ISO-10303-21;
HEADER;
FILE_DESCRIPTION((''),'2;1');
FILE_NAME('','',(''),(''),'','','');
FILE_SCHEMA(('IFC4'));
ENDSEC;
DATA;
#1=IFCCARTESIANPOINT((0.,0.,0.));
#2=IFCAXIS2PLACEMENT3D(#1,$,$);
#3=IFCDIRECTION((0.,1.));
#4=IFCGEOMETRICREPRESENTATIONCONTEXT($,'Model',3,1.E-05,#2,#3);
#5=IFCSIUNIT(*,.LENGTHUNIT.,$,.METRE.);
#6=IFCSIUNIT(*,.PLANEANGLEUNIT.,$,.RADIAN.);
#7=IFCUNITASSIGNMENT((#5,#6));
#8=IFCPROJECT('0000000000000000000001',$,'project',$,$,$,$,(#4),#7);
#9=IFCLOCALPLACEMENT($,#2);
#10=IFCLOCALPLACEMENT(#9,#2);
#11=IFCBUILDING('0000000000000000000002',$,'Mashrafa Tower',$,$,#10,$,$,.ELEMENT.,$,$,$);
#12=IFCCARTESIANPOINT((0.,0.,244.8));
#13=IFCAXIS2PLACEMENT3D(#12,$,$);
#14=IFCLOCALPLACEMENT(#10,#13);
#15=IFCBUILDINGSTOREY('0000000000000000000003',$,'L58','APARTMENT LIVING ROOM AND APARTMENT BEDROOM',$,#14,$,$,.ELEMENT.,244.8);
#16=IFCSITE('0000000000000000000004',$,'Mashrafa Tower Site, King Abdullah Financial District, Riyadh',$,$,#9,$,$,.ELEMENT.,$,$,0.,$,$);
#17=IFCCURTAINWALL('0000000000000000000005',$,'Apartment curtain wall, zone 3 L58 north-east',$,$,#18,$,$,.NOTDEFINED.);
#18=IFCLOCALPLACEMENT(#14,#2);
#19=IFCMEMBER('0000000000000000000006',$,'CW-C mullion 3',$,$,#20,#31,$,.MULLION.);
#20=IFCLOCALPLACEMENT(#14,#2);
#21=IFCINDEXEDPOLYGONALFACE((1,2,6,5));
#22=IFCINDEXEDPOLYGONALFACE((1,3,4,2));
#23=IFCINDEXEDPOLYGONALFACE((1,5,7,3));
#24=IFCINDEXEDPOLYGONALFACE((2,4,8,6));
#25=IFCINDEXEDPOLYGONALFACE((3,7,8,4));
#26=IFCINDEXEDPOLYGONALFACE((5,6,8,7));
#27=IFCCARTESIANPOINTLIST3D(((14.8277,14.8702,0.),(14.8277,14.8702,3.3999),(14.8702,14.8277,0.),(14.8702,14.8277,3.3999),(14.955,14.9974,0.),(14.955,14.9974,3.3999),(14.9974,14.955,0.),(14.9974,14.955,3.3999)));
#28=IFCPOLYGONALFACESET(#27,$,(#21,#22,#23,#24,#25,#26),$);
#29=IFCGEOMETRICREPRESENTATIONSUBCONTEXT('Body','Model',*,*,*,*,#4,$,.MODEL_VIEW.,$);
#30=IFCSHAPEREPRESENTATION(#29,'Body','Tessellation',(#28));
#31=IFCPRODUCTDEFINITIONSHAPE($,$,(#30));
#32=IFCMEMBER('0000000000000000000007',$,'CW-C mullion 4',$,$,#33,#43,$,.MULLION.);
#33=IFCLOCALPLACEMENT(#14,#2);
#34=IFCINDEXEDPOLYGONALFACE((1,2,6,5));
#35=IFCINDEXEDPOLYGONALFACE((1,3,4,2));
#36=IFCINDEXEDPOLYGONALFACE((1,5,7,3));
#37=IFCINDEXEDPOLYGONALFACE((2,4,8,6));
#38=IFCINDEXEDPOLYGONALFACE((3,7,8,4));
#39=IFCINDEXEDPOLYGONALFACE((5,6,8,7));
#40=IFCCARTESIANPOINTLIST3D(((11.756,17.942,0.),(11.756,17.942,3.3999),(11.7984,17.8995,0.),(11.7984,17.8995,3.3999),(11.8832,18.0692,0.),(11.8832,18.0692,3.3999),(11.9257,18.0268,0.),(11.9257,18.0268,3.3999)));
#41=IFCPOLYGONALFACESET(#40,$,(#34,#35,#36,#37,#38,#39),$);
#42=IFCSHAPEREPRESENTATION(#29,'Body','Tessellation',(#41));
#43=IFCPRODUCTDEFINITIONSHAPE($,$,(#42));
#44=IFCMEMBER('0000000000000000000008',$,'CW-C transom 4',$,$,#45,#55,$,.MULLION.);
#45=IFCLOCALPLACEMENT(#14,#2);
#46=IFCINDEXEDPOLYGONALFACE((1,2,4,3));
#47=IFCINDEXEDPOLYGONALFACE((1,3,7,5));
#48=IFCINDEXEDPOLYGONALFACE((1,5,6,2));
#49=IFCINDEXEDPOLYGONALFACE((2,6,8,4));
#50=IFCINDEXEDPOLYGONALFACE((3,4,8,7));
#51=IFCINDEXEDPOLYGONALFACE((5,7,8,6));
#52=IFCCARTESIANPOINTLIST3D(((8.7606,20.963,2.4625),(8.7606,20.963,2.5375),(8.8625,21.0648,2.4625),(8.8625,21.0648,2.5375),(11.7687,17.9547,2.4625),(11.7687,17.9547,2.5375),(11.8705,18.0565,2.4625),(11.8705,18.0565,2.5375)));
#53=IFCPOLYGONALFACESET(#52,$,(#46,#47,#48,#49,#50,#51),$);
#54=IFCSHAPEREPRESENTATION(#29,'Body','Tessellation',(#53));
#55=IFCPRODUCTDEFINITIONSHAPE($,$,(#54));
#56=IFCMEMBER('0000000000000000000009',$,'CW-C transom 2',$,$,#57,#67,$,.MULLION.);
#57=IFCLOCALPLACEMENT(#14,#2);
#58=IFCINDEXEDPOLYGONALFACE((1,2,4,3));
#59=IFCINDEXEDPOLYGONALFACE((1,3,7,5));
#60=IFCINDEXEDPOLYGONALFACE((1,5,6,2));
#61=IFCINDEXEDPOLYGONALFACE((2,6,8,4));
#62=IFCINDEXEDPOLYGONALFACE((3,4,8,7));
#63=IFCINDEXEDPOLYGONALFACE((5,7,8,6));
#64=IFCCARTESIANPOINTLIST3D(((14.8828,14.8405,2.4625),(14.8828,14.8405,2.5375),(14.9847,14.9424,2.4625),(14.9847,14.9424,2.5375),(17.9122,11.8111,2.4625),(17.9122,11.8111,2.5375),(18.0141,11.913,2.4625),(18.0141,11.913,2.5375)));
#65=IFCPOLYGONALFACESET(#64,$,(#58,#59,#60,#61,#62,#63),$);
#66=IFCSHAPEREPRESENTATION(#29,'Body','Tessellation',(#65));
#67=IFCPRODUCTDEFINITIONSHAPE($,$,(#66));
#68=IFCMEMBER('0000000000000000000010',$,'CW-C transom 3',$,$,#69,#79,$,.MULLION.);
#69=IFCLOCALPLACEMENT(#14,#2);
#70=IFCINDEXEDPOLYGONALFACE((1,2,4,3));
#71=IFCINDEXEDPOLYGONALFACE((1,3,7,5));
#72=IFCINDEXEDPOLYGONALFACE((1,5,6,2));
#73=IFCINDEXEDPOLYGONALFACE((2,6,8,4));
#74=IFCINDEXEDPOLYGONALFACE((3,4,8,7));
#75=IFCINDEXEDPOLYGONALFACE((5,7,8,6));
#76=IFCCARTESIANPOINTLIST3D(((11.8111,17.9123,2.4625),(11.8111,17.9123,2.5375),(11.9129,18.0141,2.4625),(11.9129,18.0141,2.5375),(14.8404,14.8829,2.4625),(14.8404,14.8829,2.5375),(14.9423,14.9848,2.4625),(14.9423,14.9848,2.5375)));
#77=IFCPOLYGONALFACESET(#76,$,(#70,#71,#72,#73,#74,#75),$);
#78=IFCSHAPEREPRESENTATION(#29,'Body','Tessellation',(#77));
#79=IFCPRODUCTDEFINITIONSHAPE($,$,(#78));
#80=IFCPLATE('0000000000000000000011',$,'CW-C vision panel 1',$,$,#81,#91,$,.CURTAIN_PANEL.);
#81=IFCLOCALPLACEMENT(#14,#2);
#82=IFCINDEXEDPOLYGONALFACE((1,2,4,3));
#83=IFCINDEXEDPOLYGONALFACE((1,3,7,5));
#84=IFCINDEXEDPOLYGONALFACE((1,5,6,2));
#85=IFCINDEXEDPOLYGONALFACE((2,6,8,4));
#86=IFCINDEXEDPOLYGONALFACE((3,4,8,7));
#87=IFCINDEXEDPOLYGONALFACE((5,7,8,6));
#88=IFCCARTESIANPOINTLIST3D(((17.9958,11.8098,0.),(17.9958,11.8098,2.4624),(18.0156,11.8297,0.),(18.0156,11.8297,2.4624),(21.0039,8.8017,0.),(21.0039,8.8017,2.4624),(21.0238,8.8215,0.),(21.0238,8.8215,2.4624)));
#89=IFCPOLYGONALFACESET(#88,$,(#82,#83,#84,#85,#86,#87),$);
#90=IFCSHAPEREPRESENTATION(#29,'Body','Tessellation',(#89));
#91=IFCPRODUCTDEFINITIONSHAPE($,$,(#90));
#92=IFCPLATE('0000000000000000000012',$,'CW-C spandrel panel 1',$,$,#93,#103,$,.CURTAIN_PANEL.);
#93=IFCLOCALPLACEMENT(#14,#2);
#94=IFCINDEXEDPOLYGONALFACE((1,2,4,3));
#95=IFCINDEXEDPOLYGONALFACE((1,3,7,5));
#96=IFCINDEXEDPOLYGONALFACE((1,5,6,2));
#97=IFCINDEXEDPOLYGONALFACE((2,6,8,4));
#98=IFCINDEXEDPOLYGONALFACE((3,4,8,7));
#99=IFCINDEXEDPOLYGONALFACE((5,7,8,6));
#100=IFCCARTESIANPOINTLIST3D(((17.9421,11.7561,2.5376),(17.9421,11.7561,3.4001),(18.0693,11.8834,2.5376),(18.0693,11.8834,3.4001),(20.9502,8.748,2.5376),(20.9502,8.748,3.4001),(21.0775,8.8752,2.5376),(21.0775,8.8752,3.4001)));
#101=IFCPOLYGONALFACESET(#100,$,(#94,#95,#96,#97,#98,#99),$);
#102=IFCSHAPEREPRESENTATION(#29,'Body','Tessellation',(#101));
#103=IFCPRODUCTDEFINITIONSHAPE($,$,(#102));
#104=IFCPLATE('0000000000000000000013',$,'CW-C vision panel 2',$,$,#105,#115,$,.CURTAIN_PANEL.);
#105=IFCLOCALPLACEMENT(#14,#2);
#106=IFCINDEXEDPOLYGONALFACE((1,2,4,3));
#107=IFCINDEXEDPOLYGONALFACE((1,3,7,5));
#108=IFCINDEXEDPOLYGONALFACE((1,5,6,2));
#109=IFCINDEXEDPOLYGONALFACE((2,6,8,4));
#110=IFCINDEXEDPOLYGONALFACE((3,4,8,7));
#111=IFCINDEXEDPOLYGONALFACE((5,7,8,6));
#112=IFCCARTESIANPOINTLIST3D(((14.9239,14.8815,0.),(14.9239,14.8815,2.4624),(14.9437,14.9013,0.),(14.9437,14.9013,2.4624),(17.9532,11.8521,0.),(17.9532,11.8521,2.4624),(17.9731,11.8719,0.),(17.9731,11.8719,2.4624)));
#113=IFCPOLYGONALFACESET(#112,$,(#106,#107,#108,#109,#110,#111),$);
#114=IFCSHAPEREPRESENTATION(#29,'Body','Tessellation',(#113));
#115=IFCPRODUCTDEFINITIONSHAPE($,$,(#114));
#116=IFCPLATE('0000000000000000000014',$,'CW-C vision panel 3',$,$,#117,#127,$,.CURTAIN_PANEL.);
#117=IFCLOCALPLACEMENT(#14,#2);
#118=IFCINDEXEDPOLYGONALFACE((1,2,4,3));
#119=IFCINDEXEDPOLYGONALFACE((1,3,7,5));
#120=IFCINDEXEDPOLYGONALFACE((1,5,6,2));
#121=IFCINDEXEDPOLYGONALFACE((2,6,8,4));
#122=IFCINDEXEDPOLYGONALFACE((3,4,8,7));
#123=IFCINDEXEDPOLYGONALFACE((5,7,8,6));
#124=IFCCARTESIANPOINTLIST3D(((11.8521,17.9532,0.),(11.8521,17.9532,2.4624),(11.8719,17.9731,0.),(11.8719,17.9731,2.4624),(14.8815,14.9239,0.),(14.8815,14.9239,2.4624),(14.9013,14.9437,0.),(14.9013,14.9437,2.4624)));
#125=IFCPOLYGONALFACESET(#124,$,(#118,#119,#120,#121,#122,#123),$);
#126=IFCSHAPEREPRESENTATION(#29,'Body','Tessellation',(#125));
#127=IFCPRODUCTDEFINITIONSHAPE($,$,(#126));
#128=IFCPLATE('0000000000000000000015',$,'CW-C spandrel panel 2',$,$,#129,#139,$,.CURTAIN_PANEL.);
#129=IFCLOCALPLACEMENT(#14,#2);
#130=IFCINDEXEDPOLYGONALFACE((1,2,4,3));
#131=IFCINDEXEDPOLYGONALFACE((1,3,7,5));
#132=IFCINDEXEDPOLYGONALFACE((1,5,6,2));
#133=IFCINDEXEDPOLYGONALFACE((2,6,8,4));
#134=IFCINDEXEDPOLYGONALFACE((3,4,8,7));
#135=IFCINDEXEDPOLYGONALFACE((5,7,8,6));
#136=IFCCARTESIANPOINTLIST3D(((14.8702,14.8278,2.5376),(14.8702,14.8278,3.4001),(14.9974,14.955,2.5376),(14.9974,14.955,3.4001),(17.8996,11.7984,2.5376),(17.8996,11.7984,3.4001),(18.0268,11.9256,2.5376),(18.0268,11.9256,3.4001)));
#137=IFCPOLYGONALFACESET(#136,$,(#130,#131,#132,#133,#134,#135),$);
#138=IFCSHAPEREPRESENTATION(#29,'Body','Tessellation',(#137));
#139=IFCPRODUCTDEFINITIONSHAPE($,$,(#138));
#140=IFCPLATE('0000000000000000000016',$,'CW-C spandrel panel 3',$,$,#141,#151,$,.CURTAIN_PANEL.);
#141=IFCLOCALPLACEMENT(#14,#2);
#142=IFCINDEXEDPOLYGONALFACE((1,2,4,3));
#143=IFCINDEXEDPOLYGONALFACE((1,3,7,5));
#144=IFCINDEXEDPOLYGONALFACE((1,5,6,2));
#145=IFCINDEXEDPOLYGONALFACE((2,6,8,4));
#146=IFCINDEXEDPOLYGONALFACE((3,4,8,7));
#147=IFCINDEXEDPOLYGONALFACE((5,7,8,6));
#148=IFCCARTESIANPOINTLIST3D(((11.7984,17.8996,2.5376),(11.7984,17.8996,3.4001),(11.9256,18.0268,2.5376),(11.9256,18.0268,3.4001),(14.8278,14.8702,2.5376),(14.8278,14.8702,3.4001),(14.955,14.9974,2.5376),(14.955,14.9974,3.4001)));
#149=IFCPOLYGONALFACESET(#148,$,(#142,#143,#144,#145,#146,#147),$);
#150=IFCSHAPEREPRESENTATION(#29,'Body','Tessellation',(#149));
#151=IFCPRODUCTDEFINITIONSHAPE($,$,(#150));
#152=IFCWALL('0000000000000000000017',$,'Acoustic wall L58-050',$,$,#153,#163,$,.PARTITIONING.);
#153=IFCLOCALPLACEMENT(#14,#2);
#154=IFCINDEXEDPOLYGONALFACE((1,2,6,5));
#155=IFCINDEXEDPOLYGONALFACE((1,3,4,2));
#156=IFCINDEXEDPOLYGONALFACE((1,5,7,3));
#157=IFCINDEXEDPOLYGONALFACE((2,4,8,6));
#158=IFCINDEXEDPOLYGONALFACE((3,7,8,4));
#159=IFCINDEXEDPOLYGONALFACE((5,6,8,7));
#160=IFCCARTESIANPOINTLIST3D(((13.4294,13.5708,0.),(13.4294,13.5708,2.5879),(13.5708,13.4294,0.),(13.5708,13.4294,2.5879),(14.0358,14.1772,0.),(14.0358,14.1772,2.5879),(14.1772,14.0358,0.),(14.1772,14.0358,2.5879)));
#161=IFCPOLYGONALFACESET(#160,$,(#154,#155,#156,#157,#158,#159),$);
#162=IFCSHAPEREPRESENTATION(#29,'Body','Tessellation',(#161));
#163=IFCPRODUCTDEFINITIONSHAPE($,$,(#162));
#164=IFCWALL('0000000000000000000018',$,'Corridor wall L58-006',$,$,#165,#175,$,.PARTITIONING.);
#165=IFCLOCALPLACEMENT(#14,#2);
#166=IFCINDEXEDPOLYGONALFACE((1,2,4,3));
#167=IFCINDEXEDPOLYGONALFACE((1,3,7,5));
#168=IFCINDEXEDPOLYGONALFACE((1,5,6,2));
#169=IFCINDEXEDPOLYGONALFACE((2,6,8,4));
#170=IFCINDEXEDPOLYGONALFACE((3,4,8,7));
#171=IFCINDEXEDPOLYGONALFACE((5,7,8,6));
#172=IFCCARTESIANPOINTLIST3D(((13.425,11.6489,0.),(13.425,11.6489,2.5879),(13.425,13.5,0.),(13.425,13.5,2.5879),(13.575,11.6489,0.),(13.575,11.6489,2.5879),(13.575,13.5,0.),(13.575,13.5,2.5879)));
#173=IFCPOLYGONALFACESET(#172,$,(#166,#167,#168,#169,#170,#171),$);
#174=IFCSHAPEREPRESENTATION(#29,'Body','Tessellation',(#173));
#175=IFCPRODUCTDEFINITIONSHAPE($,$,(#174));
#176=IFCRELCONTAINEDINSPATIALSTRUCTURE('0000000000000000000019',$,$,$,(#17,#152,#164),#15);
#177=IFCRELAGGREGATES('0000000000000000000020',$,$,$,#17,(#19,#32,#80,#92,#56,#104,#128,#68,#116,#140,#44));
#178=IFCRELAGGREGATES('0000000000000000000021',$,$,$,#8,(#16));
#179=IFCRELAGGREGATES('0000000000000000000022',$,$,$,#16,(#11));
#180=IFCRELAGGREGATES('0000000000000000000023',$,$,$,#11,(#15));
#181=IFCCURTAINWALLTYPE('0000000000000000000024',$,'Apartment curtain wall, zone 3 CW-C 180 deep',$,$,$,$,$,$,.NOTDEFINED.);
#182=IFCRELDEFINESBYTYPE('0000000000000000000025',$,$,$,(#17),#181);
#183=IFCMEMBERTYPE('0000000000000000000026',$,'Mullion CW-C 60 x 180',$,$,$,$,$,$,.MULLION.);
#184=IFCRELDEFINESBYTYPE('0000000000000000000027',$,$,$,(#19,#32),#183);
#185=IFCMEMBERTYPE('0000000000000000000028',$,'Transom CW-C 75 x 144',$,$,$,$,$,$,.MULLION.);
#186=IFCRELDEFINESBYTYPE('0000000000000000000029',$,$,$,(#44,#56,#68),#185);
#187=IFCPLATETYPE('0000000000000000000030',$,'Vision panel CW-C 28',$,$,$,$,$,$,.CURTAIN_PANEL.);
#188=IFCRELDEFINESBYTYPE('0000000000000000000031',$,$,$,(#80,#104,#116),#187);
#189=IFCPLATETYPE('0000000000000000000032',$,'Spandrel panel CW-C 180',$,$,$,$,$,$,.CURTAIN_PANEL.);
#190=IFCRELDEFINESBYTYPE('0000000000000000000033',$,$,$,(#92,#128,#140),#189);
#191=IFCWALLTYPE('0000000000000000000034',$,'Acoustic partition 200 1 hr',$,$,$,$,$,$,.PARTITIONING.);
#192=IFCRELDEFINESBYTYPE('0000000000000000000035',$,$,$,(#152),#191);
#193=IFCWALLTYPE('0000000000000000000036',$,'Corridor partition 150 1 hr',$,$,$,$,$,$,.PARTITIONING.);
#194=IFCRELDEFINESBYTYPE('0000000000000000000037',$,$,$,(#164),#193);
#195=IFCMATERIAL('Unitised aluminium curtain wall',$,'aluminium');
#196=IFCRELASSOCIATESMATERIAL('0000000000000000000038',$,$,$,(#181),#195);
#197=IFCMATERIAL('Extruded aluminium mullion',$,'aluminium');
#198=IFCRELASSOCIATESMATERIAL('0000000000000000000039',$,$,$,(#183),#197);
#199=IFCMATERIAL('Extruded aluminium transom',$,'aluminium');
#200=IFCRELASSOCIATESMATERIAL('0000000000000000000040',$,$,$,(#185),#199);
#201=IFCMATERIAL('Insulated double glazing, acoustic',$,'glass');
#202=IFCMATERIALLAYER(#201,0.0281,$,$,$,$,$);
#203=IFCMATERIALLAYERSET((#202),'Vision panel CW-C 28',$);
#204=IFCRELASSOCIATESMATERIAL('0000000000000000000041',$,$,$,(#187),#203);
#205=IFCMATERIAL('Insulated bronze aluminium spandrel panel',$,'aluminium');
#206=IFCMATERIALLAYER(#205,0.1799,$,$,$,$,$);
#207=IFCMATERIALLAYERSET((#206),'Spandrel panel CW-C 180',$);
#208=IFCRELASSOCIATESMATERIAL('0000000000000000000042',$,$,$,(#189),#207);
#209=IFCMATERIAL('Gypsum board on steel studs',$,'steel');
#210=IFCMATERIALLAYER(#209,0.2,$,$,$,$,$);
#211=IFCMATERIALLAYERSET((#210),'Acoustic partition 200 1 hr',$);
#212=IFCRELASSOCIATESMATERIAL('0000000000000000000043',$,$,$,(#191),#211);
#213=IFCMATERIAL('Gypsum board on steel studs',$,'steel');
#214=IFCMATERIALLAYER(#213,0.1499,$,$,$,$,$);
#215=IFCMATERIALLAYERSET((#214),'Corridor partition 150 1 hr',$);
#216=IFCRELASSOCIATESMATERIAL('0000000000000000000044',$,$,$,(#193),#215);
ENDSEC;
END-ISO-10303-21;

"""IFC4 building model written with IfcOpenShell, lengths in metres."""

from ifc_helpers import new_model, si_unit, direction, frame, frame_2d, origin, origin_2d, place, context, subcontext, project, spatial, rectangle, extrude, source, transform, mapped, material, layer, layer_set, material_profile, profile_set, type_object, type_shapes, element, aggregate, save


model = new_model("IFC4")

# Units and contexts
model_context = context("Model", 3, precision=1e-05, world=origin(), true_north=direction((0.0, 1.0)))
body_context = subcontext(model_context, "Body", "Model", "MODEL_VIEW")
ifc_project = project(units=[si_unit("LENGTHUNIT", "METRE"), si_unit("PLANEANGLEUNIT", "RADIAN")], contexts=[model_context])

# Site, building, storey
site_placement = place(None, origin())
site = spatial("IfcSite", under=ifc_project, at=site_placement, Name="Mashrafa Tower Site, King Abdullah Financial District, Riyadh", CompositionType="ELEMENT", RefElevation=0.0)
building_placement = place(site_placement, origin())
building = spatial("IfcBuilding", under=site, at=building_placement, Name="Mashrafa Tower", CompositionType="ELEMENT")
storey_placement = place(building_placement, frame((0.0, 0.0, 244.8)))
storey = spatial("IfcBuildingStorey", under=building, at=storey_placement, Name="L58", Description="APARTMENT LIVING ROOM AND APARTMENT BEDROOM", CompositionType="ELEMENT", Elevation=244.8)

# Curtain wall, members, plates
ifc_material_1 = material(Name="Unitised aluminium curtain wall", Category="aluminium")
curtain_wall_type = type_object("IfcCurtainWallType", Name="Apartment curtain wall, zone 3 CW-C 180 deep", PredefinedType="NOTDEFINED", material=ifc_material_1)
curtain_wall_placement = place(storey_placement, origin())
curtain_wall = element("IfcCurtainWall", 1, at=curtain_wall_placement, inside=storey, type_object=curtain_wall_type, Name="Apartment curtain wall, zone 3 L58 north-east", PredefinedType="NOTDEFINED")
ifc_material_2 = material(Name="Extruded aluminium mullion", Category="aluminium")
ifc_material_profile_1 = material_profile(ifc_material_2, rectangle(XDim=0.1799, YDim=0.0601, at=origin_2d()), Name="Mullion 60x180")
ifc_profile_set_1 = profile_set([ifc_material_profile_1], Name="Extruded aluminium mullion")
member_type_1 = type_object("IfcMemberType", Name="Mullion CW-C 60 x 180", PredefinedType="MULLION", material=ifc_profile_set_1)
shared_shape_1 = source(origin(), body_context, "Body", "SweptSolid", [
    extrude(rectangle(XDim=0.1799, YDim=0.0601, at=origin_2d()), origin(), (0.0, 0.0, 1.0), 3.3999),
])
type_shapes(member_type_1, [shared_shape_1])
member_1_placement = place(storey_placement, frame((14.9126, 14.9126, 0.0), z_axis=(0.0, 0.0, 1.0), x_axis=(-0.707107, -0.707107, 0.0)))
member_1 = element("IfcMember", 2, at=member_1_placement, type_object=member_type_1, Name="CW-C mullion 3", PredefinedType="MULLION", context=body_context, shape_type="MappedRepresentation", body=[
    mapped(shared_shape_1, transform((0.0, 0.0, 0.0))),
])
member_2_placement = place(storey_placement, frame((11.8408, 17.9844, 0.0), z_axis=(0.0, 0.0, 1.0), x_axis=(-0.707107, -0.707107, 0.0)))
member_2 = element("IfcMember", 3, at=member_2_placement, type_object=member_type_1, Name="CW-C mullion 4", PredefinedType="MULLION", context=body_context, shape_type="MappedRepresentation", body=[
    mapped(shared_shape_1, transform((0.0, 0.0, 0.0))),
])
ifc_material_3 = material(Name="Extruded aluminium transom", Category="aluminium")
ifc_material_profile_2 = material_profile(ifc_material_3, rectangle(XDim=0.144, YDim=0.075, at=origin_2d()), Name="Transom 75x144")
ifc_profile_set_2 = profile_set([ifc_material_profile_2], Name="Extruded aluminium transom")
member_type_2 = type_object("IfcMemberType", Name="Transom CW-C 75 x 144", PredefinedType="MULLION", material=ifc_profile_set_2)
shared_shape_2 = source(origin(), body_context, "Body", "SweptSolid", [
    extrude(rectangle(XDim=0.144, YDim=0.075, at=origin_2d()), origin(), (0.0, 0.0, 1.0), 4.2542),
])
member_3_placement = place(storey_placement, frame((11.8196, 18.0056, 2.5), z_axis=(-0.707078, 0.707135, 0.0), x_axis=(-0.707135, -0.707078, 0.0)))
member_3 = element("IfcMember", 4, at=member_3_placement, type_object=member_type_2, Name="CW-C transom 4", PredefinedType="MULLION", context=body_context, shape_type="MappedRepresentation", body=[
    mapped(shared_shape_2, transform((0.0, 0.0, 0.0))),
])
shared_shape_3 = source(origin(), body_context, "Body", "SweptSolid", [
    extrude(rectangle(XDim=0.144, YDim=0.075, at=origin_2d()), origin(), (0.0, 0.0, 1.0), 4.2842),
])
type_shapes(member_type_2, [shared_shape_2, shared_shape_3])
member_4_placement = place(storey_placement, frame((17.9631, 11.8621, 2.5), z_axis=(-0.707107, 0.707107, 0.0), x_axis=(-0.707107, -0.707107, 0.0)))
member_4 = element("IfcMember", 5, at=member_4_placement, type_object=member_type_2, Name="CW-C transom 2", PredefinedType="MULLION", context=body_context, shape_type="MappedRepresentation", body=[
    mapped(shared_shape_3, transform((0.0, 0.0, 0.0))),
])
member_5_placement = place(storey_placement, frame((14.8914, 14.9338, 2.5), z_axis=(-0.707107, 0.707107, 0.0), x_axis=(-0.707107, -0.707107, 0.0)))
member_5 = element("IfcMember", 6, at=member_5_placement, type_object=member_type_2, Name="CW-C transom 3", PredefinedType="MULLION", context=body_context, shape_type="MappedRepresentation", body=[
    mapped(shared_shape_3, transform((0.0, 0.0, 0.0))),
])
ifc_material_4 = material(Name="Insulated double glazing, acoustic", Category="glass")
ifc_layer_1 = layer(ifc_material_4, 0.0281)
ifc_layer_set_1 = layer_set([ifc_layer_1], Name="Vision panel CW-C 28")
plate_type_1 = type_object("IfcPlateType", Name="Vision panel CW-C 28", PredefinedType="CURTAIN_PANEL", material=ifc_layer_set_1)
shared_shape_4 = source(origin(), body_context, "Body", "SweptSolid", [
    extrude(rectangle(XDim=4.2542, YDim=0.0281, at=origin_2d()), origin(), (0.0, 0.0, 1.0), 2.4624),
])
plate_1_placement = place(storey_placement, frame((19.5098, 10.3157, 0.0), z_axis=(0.0, 0.0, 1.0), x_axis=(-0.707107, 0.707107, 0.0)))
plate_1 = element("IfcPlate", 7, at=plate_1_placement, type_object=plate_type_1, Name="CW-C vision panel 1", PredefinedType="CURTAIN_PANEL", context=body_context, shape_type="MappedRepresentation", body=[
    mapped(shared_shape_4, transform((0.0, 0.0, 0.0))),
])
ifc_material_5 = material(Name="Insulated bronze aluminium spandrel panel", Category="aluminium")
ifc_layer_2 = layer(ifc_material_5, 0.1799)
ifc_layer_set_2 = layer_set([ifc_layer_2], Name="Spandrel panel CW-C 180")
plate_type_2 = type_object("IfcPlateType", Name="Spandrel panel CW-C 180", PredefinedType="CURTAIN_PANEL", material=ifc_layer_set_2)
shared_shape_5 = source(origin(), body_context, "Body", "SweptSolid", [
    extrude(rectangle(XDim=4.2542, YDim=0.1799, at=origin_2d()), origin(), (0.0, 0.0, 1.0), 0.8625),
])
plate_2_placement = place(storey_placement, frame((19.5098, 10.3157, 2.5376), z_axis=(0.0, 0.0, 1.0), x_axis=(-0.707107, 0.707107, 0.0)))
plate_2 = element("IfcPlate", 8, at=plate_2_placement, type_object=plate_type_2, Name="CW-C spandrel panel 1", PredefinedType="CURTAIN_PANEL", context=body_context, shape_type="MappedRepresentation", body=[
    mapped(shared_shape_5, transform((0.0, 0.0, 0.0))),
])
shared_shape_6 = source(origin(), body_context, "Body", "SweptSolid", [
    extrude(rectangle(XDim=4.2842, YDim=0.0281, at=origin_2d()), origin(), (0.0, 0.0, 1.0), 2.4624),
])
type_shapes(plate_type_1, [shared_shape_4, shared_shape_6])
plate_3_placement = place(storey_placement, frame((16.4485, 13.3767, 0.0), z_axis=(0.0, 0.0, 1.0), x_axis=(-0.707107, 0.707107, 0.0)))
plate_3 = element("IfcPlate", 9, at=plate_3_placement, type_object=plate_type_1, Name="CW-C vision panel 2", PredefinedType="CURTAIN_PANEL", context=body_context, shape_type="MappedRepresentation", body=[
    mapped(shared_shape_6, transform((0.0, 0.0, 0.0))),
])
plate_4_placement = place(storey_placement, frame((13.3767, 16.4485, 0.0), z_axis=(0.0, 0.0, 1.0), x_axis=(-0.707107, 0.707107, 0.0)))
plate_4 = element("IfcPlate", 10, at=plate_4_placement, type_object=plate_type_1, Name="CW-C vision panel 3", PredefinedType="CURTAIN_PANEL", context=body_context, shape_type="MappedRepresentation", body=[
    mapped(shared_shape_6, transform((0.0, 0.0, 0.0))),
])
shared_shape_7 = source(origin(), body_context, "Body", "SweptSolid", [
    extrude(rectangle(XDim=4.2842, YDim=0.1799, at=origin_2d()), origin(), (0.0, 0.0, 1.0), 0.8625),
])
type_shapes(plate_type_2, [shared_shape_5, shared_shape_7])
plate_5_placement = place(storey_placement, frame((16.4485, 13.3767, 2.5376), z_axis=(0.0, 0.0, 1.0), x_axis=(-0.707107, 0.707107, 0.0)))
plate_5 = element("IfcPlate", 11, at=plate_5_placement, type_object=plate_type_2, Name="CW-C spandrel panel 2", PredefinedType="CURTAIN_PANEL", context=body_context, shape_type="MappedRepresentation", body=[
    mapped(shared_shape_7, transform((0.0, 0.0, 0.0))),
])
plate_6_placement = place(storey_placement, frame((13.3767, 16.4485, 2.5376), z_axis=(0.0, 0.0, 1.0), x_axis=(-0.707107, 0.707107, 0.0)))
plate_6 = element("IfcPlate", 12, at=plate_6_placement, type_object=plate_type_2, Name="CW-C spandrel panel 3", PredefinedType="CURTAIN_PANEL", context=body_context, shape_type="MappedRepresentation", body=[
    mapped(shared_shape_7, transform((0.0, 0.0, 0.0))),
])
aggregate(curtain_wall, [member_1, member_2, plate_1, plate_2, member_4, plate_3, plate_5, member_5, plate_4, plate_6, member_3])

# Walls
ifc_material_6 = material(Name="Gypsum board on steel studs", Category="steel")
ifc_layer_3 = layer(ifc_material_6, 0.2)
ifc_layer_set_3 = layer_set([ifc_layer_3], Name="Acoustic partition 200 1 hr")
wall_type_1 = type_object("IfcWallType", Name="Acoustic partition 200 1 hr", PredefinedType="PARTITIONING", material=ifc_layer_set_3)
wall_1_placement = place(storey_placement, frame((14.1064, 14.1064, 0.0), z_axis=(0.0, 0.0, 1.0), x_axis=(-0.707107, -0.707107, 0.0)))
element("IfcWall", 13, at=wall_1_placement, inside=storey, type_object=wall_type_1, Name="Acoustic wall L58-050", PredefinedType="PARTITIONING", context=body_context, shape_type="SweptSolid", body=[
    extrude(rectangle(XDim=0.8577, YDim=0.2, at=frame_2d((0.4287, 0.0))), origin(), (0.0, 0.0, 1.0), 2.5879),
])
ifc_material_7 = material(Name="Gypsum board on steel studs", Category="steel")
ifc_layer_4 = layer(ifc_material_7, 0.1499)
ifc_layer_set_4 = layer_set([ifc_layer_4], Name="Corridor partition 150 1 hr")
wall_type_2 = type_object("IfcWallType", Name="Corridor partition 150 1 hr", PredefinedType="PARTITIONING", material=ifc_layer_set_4)
wall_2_placement = place(storey_placement, frame((13.5, 11.6489, 0.0), z_axis=(0.0, 0.0, 1.0), x_axis=(0.0, 1.0, 0.0)))
element("IfcWall", 14, at=wall_2_placement, inside=storey, type_object=wall_type_2, Name="Corridor wall L58-006", PredefinedType="PARTITIONING", context=body_context, shape_type="SweptSolid", body=[
    extrude(rectangle(XDim=1.8511, YDim=0.1499, at=frame_2d((0.9255, 0.0))), origin(), (0.0, 0.0, 1.0), 2.5879),
])

save(model, "model.ifc")
